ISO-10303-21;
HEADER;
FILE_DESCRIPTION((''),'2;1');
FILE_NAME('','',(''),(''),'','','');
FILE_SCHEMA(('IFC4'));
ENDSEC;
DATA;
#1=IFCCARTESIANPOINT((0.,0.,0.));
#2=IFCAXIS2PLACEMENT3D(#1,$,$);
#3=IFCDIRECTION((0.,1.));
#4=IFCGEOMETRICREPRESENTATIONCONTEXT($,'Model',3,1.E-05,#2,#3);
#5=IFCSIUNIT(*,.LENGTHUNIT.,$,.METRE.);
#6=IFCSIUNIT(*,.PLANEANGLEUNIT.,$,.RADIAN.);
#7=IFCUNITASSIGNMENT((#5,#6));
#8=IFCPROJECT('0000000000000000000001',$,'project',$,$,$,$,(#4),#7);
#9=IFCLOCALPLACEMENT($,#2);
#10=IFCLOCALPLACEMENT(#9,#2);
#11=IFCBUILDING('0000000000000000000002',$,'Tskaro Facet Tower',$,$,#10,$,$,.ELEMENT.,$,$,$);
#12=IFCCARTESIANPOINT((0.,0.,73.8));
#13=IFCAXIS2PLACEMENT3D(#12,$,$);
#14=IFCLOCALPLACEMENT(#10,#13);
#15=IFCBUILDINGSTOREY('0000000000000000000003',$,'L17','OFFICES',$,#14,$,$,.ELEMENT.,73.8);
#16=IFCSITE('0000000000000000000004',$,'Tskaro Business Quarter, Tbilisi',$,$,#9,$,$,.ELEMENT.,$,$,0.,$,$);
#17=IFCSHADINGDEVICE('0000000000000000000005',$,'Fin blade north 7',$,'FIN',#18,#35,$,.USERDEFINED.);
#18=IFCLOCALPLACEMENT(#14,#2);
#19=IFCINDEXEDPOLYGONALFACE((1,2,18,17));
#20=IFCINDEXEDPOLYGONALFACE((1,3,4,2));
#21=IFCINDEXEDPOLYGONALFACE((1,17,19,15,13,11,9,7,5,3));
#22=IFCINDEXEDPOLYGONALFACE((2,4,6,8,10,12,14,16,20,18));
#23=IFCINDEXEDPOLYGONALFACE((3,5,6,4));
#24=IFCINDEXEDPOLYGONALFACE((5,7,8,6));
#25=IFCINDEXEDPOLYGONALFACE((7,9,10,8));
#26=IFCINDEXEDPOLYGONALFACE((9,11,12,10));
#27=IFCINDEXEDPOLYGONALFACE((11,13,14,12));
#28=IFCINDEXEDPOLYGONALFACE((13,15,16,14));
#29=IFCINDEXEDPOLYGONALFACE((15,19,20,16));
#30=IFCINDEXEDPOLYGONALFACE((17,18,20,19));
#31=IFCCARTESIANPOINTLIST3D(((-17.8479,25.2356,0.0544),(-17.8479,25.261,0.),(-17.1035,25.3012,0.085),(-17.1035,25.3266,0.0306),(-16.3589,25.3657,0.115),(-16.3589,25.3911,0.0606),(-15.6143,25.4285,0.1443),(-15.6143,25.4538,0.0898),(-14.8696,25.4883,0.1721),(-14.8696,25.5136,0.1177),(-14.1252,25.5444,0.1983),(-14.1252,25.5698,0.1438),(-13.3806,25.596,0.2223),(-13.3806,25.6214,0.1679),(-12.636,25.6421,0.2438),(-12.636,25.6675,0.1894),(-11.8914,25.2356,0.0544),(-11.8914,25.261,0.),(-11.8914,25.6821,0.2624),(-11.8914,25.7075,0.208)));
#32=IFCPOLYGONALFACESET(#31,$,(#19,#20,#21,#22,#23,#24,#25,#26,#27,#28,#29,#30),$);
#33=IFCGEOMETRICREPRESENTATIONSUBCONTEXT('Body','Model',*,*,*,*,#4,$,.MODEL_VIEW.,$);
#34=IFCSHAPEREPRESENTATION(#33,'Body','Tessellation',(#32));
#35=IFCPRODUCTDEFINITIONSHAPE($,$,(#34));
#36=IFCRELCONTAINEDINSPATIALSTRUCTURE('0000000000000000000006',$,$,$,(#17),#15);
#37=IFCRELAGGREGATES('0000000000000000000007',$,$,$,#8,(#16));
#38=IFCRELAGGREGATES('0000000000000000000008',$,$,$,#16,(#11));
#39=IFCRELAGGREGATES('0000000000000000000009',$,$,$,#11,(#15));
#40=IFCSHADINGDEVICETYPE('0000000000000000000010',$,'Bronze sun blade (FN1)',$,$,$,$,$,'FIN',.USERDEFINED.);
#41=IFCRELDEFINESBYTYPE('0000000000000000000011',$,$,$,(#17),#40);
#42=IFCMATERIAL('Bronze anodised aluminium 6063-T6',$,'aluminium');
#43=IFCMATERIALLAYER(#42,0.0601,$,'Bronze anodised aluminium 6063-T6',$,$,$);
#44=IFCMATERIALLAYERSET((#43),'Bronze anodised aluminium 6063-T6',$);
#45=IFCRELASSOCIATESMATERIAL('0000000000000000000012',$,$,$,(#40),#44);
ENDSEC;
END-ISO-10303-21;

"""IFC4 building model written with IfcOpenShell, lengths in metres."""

from ifc_helpers import new_model, si_unit, direction, frame, origin, place, context, subcontext, project, spatial, polyline, outline, extrude, material, layer, layer_set, type_object, element, save


model = new_model("IFC4")

# Units and contexts
model_context = context("Model", 3, precision=1e-05, world=origin(), true_north=direction((0.0, 1.0)))
body_context = subcontext(model_context, "Body", "Model", "MODEL_VIEW")
ifc_project = project(units=[si_unit("LENGTHUNIT", "METRE"), si_unit("PLANEANGLEUNIT", "RADIAN")], contexts=[model_context])

# Site, building, storey
site_placement = place(None, origin())
site = spatial("IfcSite", under=ifc_project, at=site_placement, Name="Tskaro Business Quarter, Tbilisi", CompositionType="ELEMENT", RefElevation=0.0)
building_placement = place(site_placement, origin())
building = spatial("IfcBuilding", under=site, at=building_placement, Name="Tskaro Facet Tower", CompositionType="ELEMENT")
storey_placement = place(building_placement, frame((0.0, 0.0, 73.8)))
storey = spatial("IfcBuildingStorey", under=building, at=storey_placement, Name="L17", Description="OFFICES", CompositionType="ELEMENT", Elevation=73.8)

# Shared definitions
ifc_material_1 = material(Name="Bronze anodised aluminium 6063-T6", Category="aluminium")

# Shading device
ifc_layer_1 = layer(ifc_material_1, 0.0601, Name="Bronze anodised aluminium 6063-T6")
ifc_layer_set_1 = layer_set([ifc_layer_1], Name="Bronze anodised aluminium 6063-T6")
shading_device_type = type_object("IfcShadingDeviceType", Name="Bronze sun blade (FN1)", ElementType="FIN", PredefinedType="USERDEFINED", material=ifc_layer_set_1)
shading_device_1_placement = place(storey_placement, frame((-11.8914, 25.2356, 0.0544), z_axis=(-0.000003, -0.422245, 0.906482), x_axis=(-1.0, 0.000001, -0.000003)))
element("IfcShadingDevice", 1, at=shading_device_1_placement, inside=storey, type_object=shading_device_type, Name="Fin blade north 7", ObjectType="FIN", PredefinedType="USERDEFINED", context=body_context, shape_type="SweptSolid", body=[
    extrude(outline(polyline([(0.0, 0.0), (5.9565, 0.0), (5.2122, -0.0724), (4.4675, -0.1435), (3.7229, -0.2128), (2.9783, -0.2787), (2.2339, -0.3407), (1.4893, -0.3976), (0.7446, -0.4485), (0.0, -0.4926), (0.0, 0.0)])), origin(), (0.0, 0.0, -1.0), 0.0601),
])

save(model, "model.ifc")
